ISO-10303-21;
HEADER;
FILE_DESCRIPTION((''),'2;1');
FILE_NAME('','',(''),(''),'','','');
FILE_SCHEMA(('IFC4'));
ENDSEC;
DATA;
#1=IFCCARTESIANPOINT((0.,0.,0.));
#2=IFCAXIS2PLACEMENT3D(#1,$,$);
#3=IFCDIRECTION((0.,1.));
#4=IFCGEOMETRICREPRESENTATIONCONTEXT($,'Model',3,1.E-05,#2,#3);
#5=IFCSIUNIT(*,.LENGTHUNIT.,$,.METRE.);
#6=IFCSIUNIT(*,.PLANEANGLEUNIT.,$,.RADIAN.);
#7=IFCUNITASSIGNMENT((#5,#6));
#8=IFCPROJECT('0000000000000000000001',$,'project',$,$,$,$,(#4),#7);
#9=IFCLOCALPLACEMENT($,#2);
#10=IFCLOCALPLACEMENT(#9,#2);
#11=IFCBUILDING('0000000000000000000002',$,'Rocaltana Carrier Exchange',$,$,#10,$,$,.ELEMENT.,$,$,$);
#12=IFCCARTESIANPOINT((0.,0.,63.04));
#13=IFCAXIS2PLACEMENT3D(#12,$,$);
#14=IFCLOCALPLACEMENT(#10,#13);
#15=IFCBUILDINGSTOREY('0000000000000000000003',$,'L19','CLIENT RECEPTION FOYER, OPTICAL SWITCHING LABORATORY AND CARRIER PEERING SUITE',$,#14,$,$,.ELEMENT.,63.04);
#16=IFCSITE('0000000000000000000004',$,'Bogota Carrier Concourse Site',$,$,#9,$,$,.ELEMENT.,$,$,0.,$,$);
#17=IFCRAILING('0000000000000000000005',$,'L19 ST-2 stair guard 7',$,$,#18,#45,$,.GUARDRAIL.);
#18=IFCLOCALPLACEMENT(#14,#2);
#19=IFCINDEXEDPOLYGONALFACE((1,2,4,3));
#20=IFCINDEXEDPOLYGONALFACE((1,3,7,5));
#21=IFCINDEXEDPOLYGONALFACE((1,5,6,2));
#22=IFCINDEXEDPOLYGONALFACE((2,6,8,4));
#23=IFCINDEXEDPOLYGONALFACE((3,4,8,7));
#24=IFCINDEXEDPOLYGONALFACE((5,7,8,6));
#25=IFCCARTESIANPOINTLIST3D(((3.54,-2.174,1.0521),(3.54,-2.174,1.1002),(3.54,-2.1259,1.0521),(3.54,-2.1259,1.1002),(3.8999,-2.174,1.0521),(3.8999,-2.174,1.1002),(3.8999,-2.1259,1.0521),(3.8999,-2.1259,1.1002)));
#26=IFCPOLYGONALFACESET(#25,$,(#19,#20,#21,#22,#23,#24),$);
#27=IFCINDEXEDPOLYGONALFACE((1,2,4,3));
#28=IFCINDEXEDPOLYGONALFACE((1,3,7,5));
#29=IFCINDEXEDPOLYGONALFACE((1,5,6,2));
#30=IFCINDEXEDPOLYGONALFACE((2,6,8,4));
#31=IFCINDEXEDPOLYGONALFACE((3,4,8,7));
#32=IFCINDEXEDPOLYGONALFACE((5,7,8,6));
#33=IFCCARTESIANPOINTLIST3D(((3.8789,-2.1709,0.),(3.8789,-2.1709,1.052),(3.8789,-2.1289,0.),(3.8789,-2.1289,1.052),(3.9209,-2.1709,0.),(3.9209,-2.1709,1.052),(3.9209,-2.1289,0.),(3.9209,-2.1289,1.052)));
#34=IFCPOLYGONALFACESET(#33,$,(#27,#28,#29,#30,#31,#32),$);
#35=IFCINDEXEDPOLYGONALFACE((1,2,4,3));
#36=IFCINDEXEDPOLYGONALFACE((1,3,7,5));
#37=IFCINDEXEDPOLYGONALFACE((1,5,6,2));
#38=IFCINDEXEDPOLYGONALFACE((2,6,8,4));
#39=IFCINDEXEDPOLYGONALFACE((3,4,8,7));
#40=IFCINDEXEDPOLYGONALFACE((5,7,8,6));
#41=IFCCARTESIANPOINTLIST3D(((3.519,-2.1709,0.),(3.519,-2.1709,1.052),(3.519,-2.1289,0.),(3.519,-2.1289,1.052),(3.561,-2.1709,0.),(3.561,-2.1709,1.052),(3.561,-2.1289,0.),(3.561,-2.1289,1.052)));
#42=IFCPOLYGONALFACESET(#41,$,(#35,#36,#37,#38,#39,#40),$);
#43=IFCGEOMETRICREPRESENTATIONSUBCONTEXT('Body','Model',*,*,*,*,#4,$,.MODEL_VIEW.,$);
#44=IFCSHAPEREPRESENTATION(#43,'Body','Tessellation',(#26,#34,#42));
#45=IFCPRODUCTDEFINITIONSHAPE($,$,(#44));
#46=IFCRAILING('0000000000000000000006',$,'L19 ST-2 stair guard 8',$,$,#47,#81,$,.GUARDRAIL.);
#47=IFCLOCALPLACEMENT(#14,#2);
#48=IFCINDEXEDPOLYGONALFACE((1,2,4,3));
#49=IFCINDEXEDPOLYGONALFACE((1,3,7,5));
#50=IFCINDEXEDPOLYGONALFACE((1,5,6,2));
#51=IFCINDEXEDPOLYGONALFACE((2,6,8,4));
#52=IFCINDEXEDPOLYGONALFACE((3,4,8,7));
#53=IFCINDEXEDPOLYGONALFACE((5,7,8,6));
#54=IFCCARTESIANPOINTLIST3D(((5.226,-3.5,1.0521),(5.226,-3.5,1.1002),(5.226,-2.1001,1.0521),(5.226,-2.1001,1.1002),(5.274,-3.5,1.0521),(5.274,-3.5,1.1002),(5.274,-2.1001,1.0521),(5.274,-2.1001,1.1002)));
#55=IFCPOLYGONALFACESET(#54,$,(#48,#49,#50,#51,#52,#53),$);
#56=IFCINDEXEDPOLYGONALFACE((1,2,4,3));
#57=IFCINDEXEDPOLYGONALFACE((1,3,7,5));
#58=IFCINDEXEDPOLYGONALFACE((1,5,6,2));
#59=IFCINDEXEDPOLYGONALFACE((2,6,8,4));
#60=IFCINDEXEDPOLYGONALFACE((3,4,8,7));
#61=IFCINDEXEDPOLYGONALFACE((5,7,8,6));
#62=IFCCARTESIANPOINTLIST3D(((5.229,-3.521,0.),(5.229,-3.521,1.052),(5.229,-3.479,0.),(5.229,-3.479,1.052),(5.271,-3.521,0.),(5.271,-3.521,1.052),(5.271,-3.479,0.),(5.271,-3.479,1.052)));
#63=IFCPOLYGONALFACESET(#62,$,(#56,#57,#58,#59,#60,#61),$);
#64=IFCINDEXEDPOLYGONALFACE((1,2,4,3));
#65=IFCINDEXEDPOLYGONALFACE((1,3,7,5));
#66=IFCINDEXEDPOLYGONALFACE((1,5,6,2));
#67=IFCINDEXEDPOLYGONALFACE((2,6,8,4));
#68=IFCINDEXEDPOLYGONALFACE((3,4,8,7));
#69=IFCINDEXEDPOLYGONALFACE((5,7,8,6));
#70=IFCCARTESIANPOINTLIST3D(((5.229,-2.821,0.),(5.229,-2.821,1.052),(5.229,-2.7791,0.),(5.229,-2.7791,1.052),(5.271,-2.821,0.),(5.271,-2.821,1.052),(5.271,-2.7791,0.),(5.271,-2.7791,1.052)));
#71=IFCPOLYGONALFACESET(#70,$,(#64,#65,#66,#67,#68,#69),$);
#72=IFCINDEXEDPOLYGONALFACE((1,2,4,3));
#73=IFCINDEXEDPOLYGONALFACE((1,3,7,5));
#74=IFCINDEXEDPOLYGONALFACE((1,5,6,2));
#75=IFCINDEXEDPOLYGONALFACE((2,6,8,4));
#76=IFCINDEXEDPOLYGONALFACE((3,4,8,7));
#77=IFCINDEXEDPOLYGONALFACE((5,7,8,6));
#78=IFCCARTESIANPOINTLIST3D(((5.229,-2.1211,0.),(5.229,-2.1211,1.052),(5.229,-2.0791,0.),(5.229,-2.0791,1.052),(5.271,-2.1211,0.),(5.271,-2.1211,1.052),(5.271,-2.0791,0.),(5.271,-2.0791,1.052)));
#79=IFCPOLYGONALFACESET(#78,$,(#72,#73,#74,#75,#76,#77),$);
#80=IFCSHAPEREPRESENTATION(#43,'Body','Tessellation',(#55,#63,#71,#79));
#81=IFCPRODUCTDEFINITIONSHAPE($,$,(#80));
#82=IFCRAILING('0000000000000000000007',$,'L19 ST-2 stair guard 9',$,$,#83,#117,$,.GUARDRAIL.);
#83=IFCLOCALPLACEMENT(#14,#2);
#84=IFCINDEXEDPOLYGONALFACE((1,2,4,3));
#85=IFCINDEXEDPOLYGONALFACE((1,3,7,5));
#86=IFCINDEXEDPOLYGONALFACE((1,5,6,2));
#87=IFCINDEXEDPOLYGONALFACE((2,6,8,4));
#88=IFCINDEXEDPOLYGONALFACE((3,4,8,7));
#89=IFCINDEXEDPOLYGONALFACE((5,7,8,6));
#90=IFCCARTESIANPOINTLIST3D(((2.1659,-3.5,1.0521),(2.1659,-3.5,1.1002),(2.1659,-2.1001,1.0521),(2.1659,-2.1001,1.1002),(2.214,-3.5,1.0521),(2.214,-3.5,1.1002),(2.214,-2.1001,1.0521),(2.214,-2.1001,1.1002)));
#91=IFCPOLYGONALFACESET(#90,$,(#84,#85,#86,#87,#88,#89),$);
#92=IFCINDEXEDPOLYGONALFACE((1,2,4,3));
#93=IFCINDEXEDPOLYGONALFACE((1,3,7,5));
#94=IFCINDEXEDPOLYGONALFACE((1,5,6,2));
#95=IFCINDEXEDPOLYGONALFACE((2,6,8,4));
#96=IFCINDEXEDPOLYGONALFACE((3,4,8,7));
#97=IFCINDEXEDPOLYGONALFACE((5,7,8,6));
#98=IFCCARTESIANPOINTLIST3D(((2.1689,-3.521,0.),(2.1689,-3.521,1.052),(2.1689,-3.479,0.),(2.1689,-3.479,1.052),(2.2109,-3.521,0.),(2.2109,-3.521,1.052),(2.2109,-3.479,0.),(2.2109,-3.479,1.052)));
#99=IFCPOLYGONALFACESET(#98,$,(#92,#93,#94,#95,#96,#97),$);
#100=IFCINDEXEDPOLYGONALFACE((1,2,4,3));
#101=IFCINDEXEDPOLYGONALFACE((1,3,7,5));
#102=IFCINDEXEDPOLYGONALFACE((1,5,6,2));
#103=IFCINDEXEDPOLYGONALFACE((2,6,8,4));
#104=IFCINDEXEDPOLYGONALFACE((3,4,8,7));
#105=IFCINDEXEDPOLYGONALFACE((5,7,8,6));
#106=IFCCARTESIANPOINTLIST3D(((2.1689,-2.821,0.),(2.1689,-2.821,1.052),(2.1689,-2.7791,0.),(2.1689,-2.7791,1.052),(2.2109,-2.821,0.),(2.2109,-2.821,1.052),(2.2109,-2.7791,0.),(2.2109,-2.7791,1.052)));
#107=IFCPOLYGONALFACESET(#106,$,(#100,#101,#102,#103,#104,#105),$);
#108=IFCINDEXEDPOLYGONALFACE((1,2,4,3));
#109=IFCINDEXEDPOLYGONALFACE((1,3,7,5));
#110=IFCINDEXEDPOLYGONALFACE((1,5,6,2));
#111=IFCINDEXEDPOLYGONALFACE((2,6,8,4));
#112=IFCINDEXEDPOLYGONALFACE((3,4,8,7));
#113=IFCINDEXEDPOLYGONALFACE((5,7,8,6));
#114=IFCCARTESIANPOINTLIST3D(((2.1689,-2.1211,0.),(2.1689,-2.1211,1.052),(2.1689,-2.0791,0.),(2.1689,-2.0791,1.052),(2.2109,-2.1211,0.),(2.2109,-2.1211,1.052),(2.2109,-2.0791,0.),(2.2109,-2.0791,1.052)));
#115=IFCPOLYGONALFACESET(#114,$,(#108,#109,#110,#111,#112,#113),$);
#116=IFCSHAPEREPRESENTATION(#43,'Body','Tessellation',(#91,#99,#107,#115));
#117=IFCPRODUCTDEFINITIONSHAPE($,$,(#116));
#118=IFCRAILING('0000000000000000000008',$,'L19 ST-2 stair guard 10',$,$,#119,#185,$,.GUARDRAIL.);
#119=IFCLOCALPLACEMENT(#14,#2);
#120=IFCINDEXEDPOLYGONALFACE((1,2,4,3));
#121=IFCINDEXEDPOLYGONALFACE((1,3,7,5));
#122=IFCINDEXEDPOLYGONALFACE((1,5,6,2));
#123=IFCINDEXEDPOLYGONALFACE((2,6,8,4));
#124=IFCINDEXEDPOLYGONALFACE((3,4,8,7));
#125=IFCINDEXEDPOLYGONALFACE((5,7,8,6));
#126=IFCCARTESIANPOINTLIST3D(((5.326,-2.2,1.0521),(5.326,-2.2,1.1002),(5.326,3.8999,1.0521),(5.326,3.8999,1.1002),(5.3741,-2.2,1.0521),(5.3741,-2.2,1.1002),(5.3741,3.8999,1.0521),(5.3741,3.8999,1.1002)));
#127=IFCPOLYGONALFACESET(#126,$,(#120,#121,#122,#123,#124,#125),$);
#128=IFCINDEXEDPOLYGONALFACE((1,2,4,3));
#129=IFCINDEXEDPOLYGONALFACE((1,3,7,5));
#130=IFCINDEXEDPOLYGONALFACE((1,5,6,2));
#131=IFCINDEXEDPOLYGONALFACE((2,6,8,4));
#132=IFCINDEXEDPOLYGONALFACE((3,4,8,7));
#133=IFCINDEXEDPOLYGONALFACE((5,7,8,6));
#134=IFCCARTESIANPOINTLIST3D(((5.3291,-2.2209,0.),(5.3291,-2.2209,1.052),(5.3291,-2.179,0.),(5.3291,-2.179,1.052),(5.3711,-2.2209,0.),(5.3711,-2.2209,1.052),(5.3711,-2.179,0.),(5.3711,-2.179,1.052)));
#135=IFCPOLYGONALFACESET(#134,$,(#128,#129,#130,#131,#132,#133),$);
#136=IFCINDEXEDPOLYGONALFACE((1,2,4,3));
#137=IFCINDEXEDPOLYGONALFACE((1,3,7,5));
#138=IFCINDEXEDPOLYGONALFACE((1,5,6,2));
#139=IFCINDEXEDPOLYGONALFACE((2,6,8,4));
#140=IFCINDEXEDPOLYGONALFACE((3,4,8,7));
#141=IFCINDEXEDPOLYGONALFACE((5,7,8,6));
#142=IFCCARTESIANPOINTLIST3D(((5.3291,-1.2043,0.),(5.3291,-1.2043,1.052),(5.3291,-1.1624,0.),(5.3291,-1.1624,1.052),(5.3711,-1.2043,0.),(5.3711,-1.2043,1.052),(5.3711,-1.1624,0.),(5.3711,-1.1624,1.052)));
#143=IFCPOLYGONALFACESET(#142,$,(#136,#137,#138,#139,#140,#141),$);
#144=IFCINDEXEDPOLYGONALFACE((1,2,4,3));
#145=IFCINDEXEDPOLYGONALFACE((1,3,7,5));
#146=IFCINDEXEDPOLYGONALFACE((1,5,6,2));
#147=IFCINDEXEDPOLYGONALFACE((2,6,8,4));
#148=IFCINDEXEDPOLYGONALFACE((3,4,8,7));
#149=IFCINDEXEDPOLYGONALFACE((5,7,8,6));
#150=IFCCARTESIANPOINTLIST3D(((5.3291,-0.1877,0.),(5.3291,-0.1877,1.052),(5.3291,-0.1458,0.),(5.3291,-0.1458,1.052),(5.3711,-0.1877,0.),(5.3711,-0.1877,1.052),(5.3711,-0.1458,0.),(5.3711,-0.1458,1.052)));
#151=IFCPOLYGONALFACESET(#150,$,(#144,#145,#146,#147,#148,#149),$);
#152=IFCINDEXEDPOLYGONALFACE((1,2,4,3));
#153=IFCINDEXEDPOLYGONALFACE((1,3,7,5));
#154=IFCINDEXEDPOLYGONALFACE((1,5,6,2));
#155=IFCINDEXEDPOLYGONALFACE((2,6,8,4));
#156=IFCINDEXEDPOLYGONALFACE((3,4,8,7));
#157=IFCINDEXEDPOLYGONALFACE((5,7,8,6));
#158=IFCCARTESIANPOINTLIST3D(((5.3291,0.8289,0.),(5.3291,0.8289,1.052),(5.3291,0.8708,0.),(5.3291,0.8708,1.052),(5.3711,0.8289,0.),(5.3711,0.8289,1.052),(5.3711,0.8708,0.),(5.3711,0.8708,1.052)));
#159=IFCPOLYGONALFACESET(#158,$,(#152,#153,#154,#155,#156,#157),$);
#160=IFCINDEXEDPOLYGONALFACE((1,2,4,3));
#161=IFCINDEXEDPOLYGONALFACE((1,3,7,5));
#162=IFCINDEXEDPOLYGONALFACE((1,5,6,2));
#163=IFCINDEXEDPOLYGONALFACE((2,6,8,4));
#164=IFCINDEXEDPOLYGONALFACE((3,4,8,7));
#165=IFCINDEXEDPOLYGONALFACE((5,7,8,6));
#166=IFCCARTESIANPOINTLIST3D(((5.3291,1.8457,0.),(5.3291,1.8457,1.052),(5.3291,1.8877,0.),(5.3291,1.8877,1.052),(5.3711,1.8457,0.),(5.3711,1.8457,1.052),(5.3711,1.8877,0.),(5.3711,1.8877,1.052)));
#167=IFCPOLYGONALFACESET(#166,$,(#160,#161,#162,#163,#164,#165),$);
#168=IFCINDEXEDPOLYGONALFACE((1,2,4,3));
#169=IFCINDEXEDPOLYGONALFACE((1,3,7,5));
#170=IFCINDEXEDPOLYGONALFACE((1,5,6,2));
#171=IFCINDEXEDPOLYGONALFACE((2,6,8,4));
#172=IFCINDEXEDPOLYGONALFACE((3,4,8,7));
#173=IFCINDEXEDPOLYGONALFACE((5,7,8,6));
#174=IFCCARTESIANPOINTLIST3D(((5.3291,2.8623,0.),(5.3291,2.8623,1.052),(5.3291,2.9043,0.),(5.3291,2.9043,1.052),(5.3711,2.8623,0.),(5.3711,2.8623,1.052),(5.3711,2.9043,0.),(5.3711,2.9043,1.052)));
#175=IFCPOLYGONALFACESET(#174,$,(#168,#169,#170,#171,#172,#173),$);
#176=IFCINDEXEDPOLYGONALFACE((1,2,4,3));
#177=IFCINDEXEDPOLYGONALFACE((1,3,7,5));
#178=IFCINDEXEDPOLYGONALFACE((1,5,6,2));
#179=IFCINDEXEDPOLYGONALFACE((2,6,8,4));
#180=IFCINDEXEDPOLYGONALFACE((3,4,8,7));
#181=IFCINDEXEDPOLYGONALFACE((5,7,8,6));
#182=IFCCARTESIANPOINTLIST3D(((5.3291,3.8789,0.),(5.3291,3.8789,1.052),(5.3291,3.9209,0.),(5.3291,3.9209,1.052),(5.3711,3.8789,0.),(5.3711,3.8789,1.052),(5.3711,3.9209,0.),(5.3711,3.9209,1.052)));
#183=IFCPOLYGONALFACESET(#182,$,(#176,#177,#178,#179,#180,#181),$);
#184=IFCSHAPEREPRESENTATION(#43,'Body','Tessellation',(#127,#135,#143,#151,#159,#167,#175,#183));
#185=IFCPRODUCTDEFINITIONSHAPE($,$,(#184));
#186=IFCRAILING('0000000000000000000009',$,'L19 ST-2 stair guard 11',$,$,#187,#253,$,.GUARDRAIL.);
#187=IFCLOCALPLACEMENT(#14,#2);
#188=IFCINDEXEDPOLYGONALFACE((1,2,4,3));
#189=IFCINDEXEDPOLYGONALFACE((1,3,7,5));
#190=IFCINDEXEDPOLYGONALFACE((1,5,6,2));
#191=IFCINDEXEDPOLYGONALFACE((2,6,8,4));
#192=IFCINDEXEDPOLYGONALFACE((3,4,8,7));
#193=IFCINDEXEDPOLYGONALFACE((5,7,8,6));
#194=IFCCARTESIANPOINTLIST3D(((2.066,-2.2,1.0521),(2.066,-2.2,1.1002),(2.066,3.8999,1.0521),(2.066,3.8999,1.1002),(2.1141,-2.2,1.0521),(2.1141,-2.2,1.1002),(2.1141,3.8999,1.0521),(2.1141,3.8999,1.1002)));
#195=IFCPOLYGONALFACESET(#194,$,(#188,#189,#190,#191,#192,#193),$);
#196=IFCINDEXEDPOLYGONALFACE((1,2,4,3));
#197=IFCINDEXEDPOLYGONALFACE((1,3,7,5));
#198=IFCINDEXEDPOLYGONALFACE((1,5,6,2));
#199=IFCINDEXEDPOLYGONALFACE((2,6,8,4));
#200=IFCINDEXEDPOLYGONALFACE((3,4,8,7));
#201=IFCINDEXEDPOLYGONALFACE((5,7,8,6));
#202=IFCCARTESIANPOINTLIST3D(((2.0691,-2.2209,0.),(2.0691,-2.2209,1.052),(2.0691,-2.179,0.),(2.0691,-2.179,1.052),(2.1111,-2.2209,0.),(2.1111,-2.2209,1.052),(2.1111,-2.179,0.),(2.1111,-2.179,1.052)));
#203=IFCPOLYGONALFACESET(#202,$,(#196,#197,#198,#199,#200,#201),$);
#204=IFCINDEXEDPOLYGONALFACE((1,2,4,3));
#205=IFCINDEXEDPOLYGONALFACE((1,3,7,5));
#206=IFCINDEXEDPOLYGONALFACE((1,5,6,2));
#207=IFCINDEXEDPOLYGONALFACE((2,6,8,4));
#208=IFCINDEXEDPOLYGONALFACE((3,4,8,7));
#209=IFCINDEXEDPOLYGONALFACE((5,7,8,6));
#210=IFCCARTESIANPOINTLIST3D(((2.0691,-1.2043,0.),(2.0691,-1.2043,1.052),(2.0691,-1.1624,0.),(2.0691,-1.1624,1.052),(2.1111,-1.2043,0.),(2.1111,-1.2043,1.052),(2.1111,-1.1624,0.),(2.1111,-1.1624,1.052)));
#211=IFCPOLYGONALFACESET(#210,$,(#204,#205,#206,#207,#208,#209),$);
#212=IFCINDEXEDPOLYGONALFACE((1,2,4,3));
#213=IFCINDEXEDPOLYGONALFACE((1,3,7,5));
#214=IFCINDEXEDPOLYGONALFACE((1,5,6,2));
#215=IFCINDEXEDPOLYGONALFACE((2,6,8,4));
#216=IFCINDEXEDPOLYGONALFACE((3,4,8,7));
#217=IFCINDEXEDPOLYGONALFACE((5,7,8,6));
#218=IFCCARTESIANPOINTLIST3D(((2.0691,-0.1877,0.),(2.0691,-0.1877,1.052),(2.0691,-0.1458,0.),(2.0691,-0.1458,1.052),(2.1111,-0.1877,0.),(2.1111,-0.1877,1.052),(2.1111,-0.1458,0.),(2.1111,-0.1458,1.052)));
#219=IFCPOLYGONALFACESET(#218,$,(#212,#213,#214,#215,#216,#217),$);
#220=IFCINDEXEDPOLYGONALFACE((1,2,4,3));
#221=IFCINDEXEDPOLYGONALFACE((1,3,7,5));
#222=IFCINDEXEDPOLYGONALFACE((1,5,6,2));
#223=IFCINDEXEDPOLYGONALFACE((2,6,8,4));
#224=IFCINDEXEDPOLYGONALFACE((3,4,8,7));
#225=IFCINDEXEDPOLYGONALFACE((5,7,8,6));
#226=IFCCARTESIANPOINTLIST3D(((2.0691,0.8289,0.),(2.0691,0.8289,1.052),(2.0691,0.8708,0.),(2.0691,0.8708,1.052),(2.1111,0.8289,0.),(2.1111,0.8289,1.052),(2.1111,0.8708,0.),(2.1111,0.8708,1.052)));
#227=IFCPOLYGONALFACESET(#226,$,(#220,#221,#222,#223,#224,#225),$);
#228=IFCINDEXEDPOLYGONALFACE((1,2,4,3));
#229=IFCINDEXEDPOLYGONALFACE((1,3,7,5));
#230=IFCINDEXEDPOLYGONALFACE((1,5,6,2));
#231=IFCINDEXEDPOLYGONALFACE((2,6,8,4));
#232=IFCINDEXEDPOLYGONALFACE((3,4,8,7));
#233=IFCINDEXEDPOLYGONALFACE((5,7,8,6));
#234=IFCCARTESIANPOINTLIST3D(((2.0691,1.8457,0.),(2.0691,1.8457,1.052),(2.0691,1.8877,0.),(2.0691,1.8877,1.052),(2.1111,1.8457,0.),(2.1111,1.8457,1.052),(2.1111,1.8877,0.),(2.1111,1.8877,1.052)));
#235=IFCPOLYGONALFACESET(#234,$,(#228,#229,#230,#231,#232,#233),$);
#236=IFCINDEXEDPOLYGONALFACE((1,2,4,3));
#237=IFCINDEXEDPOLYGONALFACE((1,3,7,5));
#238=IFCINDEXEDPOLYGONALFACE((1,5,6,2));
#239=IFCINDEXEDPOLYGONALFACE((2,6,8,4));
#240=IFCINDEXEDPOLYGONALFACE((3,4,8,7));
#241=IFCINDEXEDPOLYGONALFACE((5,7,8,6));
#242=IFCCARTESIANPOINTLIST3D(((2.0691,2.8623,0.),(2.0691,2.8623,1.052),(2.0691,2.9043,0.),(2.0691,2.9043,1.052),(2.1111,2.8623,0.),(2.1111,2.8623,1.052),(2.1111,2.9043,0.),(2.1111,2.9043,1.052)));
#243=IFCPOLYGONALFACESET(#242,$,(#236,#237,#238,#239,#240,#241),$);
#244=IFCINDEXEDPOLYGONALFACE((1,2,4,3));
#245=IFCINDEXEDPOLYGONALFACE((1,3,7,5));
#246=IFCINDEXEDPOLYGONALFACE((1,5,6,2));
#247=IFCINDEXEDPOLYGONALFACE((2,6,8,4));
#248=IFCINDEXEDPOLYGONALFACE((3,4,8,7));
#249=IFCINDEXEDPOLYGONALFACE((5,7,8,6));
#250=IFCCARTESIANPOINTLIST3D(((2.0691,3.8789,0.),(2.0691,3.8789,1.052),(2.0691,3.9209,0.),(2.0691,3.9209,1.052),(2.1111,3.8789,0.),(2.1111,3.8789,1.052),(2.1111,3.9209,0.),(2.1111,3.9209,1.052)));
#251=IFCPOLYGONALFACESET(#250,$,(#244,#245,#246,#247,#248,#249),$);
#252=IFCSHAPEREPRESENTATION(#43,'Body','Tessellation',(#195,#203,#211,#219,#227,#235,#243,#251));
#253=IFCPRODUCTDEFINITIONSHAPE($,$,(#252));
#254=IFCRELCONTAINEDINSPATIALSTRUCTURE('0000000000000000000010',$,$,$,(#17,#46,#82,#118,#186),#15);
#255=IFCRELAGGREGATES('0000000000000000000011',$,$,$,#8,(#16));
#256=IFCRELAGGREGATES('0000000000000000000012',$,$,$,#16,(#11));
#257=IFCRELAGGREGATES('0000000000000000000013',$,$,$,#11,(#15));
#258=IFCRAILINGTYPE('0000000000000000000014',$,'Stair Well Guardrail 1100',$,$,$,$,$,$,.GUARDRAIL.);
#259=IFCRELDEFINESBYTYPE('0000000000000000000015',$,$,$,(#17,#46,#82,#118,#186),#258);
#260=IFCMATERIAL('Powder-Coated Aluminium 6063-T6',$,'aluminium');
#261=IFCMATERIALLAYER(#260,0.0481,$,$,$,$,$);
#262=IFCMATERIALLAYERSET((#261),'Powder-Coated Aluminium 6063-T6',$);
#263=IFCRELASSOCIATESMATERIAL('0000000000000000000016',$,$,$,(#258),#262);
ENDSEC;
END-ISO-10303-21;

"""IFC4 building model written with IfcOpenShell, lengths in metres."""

from ifc_helpers import new_model, si_unit, direction, frame, origin, origin_2d, place, context, subcontext, project, spatial, rectangle, extrude, material, layer, layer_set, type_object, element, save


model = new_model("IFC4")

# Units and contexts
model_context = context("Model", 3, precision=1e-05, world=origin(), true_north=direction((0.0, 1.0)))
body_context = subcontext(model_context, "Body", "Model", "MODEL_VIEW")
ifc_project = project(units=[si_unit("LENGTHUNIT", "METRE"), si_unit("PLANEANGLEUNIT", "RADIAN")], contexts=[model_context])

# Site, building, storey
site_placement = place(None, origin())
site = spatial("IfcSite", under=ifc_project, at=site_placement, Name="Bogota Carrier Concourse Site", CompositionType="ELEMENT", RefElevation=0.0)
building_placement = place(site_placement, origin())
building = spatial("IfcBuilding", under=site, at=building_placement, Name="Rocaltana Carrier Exchange", CompositionType="ELEMENT")
storey_placement = place(building_placement, frame((0.0, 0.0, 63.04)))
storey = spatial("IfcBuildingStorey", under=building, at=storey_placement, Name="L19", Description="CLIENT RECEPTION FOYER, OPTICAL SWITCHING LABORATORY AND CARRIER PEERING SUITE", CompositionType="ELEMENT", Elevation=63.04)

# Railings
ifc_material_1 = material(Name="Powder-Coated Aluminium 6063-T6", Category="aluminium")
ifc_layer_1 = layer(ifc_material_1, 0.0481)
ifc_layer_set_1 = layer_set([ifc_layer_1], Name="Powder-Coated Aluminium 6063-T6")
railing_type_1 = type_object("IfcRailingType", Name="Stair Well Guardrail 1100", PredefinedType="GUARDRAIL", material=ifc_layer_set_1)
railing_1_placement = place(storey_placement, frame((3.8999, -2.1499, 0.0)))
element("IfcRailing", 1, at=railing_1_placement, inside=storey, type_object=railing_type_1, Name="L19 ST-2 stair guard 7", PredefinedType="GUARDRAIL", context=body_context, shape_type="SweptSolid", body=[
    extrude(rectangle(XDim=0.0481, YDim=0.0481, at=origin_2d()), frame((0.0, 0.0, 1.0762), z_axis=(-1.0, 0.0, 0.0), x_axis=(0.0, -1.0, 0.0)), (0.0, 0.0, 1.0), 0.3599),
    extrude(rectangle(XDim=0.042, YDim=0.042, at=origin_2d()), origin(), (0.0, 0.0, 1.0), 1.052),
    extrude(rectangle(XDim=0.042, YDim=0.042, at=origin_2d()), frame((-0.3599, 0.0, 0.0)), (0.0, 0.0, 1.0), 1.052),
])
for number, where, name in (
    (2, (5.25, -3.5, 0.0), "L19 ST-2 stair guard 8"),
    (3, (2.1899, -3.5, 0.0), "L19 ST-2 stair guard 9"),
):
    element("IfcRailing", number, at=place(storey_placement, frame(where)), inside=storey, type_object=railing_type_1, Name=name, PredefinedType="GUARDRAIL", context=body_context, shape_type="SweptSolid", body=[
        extrude(rectangle(XDim=0.0481, YDim=0.0481, at=origin_2d()), frame((0.0, 0.0, 1.0762), z_axis=(0.0, 1.0, 0.0), x_axis=(-1.0, 0.0, 0.0)), (0.0, 0.0, 1.0), 1.3999),
        extrude(rectangle(XDim=0.042, YDim=0.042, at=origin_2d()), origin(), (0.0, 0.0, 1.0), 1.052),
        extrude(rectangle(XDim=0.042, YDim=0.042, at=origin_2d()), frame((0.0, 0.7, 0.0)), (0.0, 0.0, 1.0), 1.052),
        extrude(rectangle(XDim=0.042, YDim=0.042, at=origin_2d()), frame((0.0, 1.3999, 0.0)), (0.0, 0.0, 1.0), 1.052),
    ])
for number, where, name in (
    (4, (5.3501, -2.2, 0.0), "L19 ST-2 stair guard 10"),
    (5, (2.0901, -2.2, 0.0), "L19 ST-2 stair guard 11"),
):
    element("IfcRailing", number, at=place(storey_placement, frame(where)), inside=storey, type_object=railing_type_1, Name=name, PredefinedType="GUARDRAIL", context=body_context, shape_type="SweptSolid", body=[
        extrude(rectangle(XDim=0.0481, YDim=0.0481, at=origin_2d()), frame((0.0, 0.0, 1.0762), z_axis=(0.0, 1.0, 0.0), x_axis=(-1.0, 0.0, 0.0)), (0.0, 0.0, 1.0), 6.0999),
        extrude(rectangle(XDim=0.042, YDim=0.042, at=origin_2d()), origin(), (0.0, 0.0, 1.0), 1.052),
        extrude(rectangle(XDim=0.042, YDim=0.042, at=origin_2d()), frame((0.0, 1.0166, 0.0)), (0.0, 0.0, 1.0), 1.052),
        extrude(rectangle(XDim=0.042, YDim=0.042, at=origin_2d()), frame((0.0, 2.0332, 0.0)), (0.0, 0.0, 1.0), 1.052),
        extrude(rectangle(XDim=0.042, YDim=0.042, at=origin_2d()), frame((0.0, 3.0498, 0.0)), (0.0, 0.0, 1.0), 1.052),
        extrude(rectangle(XDim=0.042, YDim=0.042, at=origin_2d()), frame((0.0, 4.0667, 0.0)), (0.0, 0.0, 1.0), 1.052),
        extrude(rectangle(XDim=0.042, YDim=0.042, at=origin_2d()), frame((0.0, 5.0833, 0.0)), (0.0, 0.0, 1.0), 1.052),
        extrude(rectangle(XDim=0.042, YDim=0.042, at=origin_2d()), frame((0.0, 6.0999, 0.0)), (0.0, 0.0, 1.0), 1.052),
    ])

save(model, "model.ifc")
